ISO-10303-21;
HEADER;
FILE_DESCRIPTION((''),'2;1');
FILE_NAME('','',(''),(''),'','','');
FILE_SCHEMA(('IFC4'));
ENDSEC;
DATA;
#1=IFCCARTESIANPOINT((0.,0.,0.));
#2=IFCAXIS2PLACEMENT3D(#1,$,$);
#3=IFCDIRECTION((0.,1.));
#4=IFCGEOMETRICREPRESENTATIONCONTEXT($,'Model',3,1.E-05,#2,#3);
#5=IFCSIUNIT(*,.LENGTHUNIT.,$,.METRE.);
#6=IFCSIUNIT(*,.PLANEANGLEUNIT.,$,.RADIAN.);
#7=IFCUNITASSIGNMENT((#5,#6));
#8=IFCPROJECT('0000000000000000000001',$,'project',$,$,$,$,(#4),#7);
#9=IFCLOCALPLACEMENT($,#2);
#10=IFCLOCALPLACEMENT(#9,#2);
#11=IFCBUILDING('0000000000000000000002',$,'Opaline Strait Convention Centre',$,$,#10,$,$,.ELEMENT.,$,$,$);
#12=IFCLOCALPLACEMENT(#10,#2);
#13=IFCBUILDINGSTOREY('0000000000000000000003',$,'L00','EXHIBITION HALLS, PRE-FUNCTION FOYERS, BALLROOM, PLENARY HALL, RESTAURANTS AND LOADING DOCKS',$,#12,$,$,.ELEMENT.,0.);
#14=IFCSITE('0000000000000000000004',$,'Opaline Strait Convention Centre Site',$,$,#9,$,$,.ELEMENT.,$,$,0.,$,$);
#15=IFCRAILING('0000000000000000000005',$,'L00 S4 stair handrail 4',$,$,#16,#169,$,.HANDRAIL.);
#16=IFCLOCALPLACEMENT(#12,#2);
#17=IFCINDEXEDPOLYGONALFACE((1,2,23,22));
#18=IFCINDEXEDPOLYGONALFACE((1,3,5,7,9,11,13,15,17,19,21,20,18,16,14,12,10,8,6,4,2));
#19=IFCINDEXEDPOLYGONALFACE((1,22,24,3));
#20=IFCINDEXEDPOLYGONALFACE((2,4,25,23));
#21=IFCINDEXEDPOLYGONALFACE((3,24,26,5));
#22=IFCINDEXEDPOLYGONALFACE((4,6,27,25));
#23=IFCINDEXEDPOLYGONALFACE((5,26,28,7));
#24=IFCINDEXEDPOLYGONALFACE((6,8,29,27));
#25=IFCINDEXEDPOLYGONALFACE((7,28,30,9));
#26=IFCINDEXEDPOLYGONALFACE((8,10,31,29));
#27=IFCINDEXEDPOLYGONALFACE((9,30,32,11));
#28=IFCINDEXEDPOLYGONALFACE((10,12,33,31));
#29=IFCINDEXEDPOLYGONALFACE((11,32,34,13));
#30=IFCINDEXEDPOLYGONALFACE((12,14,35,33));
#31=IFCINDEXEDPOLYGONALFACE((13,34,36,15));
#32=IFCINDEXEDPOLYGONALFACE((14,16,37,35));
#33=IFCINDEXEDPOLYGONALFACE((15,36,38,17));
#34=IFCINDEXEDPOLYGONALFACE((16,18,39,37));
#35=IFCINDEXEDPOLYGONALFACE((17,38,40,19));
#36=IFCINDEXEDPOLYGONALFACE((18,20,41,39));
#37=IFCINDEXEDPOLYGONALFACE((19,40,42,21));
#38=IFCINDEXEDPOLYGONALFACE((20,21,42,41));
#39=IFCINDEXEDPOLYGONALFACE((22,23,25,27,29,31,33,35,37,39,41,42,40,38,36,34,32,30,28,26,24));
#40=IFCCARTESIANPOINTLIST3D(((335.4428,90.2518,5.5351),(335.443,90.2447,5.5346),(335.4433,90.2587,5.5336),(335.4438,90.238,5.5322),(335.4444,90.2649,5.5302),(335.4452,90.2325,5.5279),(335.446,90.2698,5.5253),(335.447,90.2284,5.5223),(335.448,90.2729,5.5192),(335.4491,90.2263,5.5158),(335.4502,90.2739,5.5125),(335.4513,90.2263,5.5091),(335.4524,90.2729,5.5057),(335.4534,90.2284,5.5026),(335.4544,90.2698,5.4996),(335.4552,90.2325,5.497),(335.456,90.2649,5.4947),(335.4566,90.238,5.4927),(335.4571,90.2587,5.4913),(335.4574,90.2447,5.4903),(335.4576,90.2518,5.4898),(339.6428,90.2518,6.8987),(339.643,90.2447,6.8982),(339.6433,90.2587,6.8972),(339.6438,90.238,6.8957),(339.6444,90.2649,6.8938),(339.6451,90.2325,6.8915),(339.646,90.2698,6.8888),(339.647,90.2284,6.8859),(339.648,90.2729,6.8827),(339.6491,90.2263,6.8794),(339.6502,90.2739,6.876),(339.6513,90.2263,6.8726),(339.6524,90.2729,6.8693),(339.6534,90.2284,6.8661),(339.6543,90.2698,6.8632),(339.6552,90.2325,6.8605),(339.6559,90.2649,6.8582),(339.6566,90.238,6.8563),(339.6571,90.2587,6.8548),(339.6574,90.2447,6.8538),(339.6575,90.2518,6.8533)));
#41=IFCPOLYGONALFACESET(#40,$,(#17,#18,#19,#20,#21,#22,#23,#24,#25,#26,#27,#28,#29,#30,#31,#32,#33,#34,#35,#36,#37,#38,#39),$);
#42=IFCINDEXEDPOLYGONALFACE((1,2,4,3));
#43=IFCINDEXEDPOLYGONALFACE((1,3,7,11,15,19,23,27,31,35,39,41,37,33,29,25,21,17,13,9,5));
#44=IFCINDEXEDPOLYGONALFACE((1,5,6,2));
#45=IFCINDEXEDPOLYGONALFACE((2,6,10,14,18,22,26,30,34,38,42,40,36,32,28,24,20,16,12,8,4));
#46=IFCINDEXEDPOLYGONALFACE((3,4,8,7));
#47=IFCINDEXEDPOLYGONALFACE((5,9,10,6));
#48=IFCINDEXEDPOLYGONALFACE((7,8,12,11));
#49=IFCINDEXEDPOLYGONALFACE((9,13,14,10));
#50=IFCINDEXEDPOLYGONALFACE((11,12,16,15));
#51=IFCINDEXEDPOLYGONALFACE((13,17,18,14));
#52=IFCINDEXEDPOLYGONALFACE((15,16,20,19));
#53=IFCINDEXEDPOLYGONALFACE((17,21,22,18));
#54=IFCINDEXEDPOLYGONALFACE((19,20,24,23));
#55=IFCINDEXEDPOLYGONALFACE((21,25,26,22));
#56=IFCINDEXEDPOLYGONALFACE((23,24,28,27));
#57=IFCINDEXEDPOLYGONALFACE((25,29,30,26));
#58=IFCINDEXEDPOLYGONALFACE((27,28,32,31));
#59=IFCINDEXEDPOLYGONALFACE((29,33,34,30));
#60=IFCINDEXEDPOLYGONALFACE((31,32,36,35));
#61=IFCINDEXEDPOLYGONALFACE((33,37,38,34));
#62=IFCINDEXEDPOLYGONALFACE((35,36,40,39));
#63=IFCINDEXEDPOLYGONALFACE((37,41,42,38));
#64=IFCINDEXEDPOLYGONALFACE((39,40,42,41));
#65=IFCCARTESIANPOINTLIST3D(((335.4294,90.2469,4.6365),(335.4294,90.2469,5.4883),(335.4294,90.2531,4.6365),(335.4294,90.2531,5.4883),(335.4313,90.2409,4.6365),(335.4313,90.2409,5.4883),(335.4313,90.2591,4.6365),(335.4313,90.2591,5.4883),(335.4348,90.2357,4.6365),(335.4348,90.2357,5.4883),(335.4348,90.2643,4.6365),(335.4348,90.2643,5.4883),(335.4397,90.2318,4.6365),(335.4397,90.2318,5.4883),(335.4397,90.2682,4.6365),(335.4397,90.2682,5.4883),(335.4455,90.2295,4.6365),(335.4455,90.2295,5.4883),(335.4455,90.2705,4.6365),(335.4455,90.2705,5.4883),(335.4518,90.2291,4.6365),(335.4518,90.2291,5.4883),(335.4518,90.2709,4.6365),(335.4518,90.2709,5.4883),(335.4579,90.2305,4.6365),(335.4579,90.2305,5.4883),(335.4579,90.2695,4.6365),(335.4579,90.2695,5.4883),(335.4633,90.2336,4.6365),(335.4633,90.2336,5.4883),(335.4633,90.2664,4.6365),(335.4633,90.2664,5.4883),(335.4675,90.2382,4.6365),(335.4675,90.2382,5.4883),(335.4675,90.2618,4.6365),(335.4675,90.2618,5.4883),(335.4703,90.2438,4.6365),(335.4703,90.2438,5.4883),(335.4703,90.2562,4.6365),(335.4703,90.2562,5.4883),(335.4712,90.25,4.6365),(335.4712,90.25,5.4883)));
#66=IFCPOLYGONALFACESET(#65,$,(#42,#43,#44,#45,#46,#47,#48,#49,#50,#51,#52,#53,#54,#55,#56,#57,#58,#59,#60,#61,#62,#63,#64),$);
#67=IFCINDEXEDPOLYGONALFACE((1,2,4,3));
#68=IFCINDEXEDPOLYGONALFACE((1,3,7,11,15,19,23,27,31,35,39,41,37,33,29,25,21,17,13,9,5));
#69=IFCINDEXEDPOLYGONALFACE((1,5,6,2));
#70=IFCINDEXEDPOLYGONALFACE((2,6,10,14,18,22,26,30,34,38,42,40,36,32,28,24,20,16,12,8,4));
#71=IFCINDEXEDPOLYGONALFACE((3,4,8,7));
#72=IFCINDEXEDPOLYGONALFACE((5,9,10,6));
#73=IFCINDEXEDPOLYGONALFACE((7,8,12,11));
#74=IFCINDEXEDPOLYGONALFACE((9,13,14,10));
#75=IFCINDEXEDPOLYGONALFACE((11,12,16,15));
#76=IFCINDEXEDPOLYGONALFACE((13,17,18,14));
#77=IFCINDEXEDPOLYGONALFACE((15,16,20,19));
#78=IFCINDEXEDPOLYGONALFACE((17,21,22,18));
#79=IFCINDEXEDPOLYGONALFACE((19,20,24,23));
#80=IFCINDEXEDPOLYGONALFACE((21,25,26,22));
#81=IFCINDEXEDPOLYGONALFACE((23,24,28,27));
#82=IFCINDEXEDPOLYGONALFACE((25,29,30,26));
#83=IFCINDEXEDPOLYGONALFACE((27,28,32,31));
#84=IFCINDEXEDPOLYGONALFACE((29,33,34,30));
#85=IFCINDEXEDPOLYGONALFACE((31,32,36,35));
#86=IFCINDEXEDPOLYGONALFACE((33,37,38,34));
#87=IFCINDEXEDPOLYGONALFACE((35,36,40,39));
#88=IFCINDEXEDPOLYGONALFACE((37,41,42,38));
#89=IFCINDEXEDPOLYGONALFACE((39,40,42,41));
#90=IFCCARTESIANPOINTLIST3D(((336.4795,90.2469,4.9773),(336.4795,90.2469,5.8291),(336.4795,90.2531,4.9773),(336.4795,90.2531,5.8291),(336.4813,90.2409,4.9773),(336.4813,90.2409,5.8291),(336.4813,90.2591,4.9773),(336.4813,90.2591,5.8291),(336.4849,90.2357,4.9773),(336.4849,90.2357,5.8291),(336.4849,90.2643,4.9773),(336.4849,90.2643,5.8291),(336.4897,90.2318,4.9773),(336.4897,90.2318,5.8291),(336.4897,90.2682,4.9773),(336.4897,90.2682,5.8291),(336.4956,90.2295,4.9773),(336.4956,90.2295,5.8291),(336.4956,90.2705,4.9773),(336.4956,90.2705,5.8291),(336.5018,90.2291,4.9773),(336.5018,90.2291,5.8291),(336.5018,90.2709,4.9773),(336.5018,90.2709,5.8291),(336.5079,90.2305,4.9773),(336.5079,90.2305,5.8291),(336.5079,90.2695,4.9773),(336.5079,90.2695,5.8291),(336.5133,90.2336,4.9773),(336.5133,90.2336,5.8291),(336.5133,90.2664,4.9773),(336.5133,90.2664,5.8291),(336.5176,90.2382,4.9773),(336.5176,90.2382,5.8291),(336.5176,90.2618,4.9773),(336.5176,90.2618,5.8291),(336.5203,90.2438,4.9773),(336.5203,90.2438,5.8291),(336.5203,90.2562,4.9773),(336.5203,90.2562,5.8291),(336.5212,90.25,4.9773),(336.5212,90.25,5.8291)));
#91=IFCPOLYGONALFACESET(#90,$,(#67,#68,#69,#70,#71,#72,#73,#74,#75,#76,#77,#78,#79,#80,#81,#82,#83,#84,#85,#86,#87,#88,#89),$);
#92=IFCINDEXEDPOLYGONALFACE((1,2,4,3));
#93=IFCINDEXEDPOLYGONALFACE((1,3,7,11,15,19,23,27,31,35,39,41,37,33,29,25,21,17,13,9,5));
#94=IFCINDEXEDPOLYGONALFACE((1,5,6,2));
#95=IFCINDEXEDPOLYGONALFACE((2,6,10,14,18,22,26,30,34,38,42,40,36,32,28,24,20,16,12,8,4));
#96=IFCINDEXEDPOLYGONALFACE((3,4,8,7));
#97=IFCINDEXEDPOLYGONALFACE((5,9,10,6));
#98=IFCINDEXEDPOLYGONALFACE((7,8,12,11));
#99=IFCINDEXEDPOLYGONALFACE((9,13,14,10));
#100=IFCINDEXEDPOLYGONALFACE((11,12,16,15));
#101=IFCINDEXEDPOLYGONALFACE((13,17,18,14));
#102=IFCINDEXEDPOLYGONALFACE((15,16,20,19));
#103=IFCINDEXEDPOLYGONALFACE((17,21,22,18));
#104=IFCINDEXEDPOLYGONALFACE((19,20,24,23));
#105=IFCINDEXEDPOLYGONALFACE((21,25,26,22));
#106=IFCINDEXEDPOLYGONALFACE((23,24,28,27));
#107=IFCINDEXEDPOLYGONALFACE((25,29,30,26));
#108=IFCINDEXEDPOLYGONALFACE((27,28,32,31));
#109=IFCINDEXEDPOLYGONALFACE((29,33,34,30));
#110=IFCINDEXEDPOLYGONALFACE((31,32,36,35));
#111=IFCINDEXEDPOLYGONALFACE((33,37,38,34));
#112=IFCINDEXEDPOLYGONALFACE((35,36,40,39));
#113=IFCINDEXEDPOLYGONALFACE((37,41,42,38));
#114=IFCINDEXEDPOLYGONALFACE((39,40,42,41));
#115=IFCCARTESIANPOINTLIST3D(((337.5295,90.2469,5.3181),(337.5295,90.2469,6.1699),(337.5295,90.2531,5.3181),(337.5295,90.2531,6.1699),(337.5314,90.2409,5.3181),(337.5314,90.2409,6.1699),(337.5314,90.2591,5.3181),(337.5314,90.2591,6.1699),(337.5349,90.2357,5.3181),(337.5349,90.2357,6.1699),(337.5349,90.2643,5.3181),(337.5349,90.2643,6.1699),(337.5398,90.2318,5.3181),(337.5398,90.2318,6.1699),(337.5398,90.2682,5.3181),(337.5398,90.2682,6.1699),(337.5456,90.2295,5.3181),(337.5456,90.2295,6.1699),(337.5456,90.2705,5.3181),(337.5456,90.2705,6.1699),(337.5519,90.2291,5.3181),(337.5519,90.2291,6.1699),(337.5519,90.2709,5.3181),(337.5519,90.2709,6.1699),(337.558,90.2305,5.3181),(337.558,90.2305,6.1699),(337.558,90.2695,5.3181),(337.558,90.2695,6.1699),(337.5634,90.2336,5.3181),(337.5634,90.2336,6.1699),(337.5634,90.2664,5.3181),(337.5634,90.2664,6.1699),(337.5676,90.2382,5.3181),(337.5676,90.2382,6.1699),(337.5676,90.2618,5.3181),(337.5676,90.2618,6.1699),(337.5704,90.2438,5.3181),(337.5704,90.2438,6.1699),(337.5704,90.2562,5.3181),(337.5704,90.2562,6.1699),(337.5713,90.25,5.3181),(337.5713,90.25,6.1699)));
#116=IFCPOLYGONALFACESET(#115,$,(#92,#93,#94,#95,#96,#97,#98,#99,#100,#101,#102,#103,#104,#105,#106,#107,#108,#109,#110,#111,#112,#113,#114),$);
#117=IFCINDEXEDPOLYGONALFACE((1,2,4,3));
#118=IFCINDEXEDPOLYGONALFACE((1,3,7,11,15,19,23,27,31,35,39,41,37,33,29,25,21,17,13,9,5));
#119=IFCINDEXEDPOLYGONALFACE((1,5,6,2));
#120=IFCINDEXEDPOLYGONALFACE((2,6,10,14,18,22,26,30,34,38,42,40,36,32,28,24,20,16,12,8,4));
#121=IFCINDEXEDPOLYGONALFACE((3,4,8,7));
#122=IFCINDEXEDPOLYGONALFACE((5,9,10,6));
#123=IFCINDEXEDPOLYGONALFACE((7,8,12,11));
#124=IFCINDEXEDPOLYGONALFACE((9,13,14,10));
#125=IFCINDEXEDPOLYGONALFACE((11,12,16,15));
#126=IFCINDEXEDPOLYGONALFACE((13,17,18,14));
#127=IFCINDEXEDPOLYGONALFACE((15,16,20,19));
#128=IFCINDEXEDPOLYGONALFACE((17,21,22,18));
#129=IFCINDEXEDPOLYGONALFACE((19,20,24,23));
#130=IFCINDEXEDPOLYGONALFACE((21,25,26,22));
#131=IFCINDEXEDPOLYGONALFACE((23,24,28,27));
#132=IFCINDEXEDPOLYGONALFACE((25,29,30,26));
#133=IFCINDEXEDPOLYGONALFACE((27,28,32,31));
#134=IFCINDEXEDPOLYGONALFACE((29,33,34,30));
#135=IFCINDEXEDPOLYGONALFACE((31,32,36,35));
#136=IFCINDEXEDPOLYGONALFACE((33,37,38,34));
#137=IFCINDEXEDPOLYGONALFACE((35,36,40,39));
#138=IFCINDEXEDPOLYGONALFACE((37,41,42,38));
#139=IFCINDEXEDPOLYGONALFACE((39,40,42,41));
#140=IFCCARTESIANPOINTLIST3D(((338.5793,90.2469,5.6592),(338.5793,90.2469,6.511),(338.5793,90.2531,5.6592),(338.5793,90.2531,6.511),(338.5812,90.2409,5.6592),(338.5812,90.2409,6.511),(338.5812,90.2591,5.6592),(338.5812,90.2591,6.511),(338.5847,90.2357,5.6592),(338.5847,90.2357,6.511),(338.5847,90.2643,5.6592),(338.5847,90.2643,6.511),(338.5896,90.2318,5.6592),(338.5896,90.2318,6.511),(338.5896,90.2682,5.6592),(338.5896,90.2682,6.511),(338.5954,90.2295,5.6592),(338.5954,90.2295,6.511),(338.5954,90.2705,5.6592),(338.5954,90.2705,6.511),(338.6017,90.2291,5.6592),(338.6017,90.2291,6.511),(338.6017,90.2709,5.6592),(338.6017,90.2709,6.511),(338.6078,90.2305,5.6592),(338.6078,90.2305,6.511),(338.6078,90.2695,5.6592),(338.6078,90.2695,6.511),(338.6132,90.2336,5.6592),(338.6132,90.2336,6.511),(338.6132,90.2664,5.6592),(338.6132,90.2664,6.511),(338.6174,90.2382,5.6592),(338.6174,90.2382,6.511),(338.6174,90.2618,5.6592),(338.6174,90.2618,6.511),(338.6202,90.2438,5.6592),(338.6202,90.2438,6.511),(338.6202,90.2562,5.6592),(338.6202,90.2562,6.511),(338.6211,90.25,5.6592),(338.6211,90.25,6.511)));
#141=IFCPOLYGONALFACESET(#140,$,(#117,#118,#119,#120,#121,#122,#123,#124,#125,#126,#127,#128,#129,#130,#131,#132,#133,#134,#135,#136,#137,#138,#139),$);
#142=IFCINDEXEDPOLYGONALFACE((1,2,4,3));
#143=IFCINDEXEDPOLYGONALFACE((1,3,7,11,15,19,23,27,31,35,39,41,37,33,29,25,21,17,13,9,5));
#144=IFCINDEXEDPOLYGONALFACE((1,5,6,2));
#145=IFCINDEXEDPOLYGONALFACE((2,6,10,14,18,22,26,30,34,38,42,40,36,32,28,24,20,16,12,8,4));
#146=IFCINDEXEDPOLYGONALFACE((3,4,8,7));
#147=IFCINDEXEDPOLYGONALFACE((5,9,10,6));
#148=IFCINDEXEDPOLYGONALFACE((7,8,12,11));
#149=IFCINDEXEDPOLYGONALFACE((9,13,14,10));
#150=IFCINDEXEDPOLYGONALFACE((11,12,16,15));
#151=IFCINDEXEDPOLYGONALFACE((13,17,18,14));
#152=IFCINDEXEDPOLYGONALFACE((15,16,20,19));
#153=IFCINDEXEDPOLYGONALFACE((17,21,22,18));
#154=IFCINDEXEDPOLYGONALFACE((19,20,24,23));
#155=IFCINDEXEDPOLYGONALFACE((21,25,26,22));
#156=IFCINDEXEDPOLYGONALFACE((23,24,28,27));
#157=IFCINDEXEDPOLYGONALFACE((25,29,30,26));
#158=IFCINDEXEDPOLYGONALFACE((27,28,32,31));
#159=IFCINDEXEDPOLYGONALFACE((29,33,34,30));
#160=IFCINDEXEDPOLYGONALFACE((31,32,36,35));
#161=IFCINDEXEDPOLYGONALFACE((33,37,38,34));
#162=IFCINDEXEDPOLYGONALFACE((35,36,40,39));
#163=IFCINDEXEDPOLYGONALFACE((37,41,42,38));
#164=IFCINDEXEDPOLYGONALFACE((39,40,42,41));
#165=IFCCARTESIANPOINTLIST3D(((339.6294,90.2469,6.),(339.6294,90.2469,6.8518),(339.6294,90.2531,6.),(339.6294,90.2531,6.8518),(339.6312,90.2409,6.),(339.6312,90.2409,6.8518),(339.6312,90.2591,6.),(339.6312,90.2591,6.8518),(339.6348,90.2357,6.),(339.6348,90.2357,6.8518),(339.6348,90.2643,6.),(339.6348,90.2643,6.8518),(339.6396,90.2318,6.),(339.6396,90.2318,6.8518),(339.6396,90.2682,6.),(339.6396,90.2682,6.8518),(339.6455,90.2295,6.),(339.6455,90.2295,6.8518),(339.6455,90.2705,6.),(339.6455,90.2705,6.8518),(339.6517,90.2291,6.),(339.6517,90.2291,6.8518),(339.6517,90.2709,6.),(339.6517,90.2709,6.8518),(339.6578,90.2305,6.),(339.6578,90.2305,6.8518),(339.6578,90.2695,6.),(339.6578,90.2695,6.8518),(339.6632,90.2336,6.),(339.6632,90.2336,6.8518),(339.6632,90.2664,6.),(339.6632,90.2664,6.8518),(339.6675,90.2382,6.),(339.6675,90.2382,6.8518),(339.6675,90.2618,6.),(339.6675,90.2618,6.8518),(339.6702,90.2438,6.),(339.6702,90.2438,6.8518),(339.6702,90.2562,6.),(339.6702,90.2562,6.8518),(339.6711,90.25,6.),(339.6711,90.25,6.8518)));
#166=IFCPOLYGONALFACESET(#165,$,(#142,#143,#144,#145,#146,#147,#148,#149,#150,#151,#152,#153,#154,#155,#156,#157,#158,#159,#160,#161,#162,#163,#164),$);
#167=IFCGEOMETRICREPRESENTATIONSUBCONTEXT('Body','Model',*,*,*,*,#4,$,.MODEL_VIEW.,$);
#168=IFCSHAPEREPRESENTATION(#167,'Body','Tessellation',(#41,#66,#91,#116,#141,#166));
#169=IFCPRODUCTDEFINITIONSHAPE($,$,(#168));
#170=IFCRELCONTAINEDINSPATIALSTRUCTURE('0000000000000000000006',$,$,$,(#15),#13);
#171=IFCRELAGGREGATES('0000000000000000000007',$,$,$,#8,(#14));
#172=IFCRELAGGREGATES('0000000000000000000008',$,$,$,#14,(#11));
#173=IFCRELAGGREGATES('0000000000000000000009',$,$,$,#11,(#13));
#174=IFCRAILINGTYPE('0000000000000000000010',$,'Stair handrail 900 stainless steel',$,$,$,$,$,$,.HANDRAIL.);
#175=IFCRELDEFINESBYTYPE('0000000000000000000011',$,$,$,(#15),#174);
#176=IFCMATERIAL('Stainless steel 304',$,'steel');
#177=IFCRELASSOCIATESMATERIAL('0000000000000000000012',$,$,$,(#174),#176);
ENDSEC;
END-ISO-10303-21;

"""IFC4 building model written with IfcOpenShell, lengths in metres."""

from ifc_helpers import new_model, si_unit, direction, frame, origin, origin_2d, place, context, subcontext, project, spatial, circle, extrude, material, type_object, element, save


model = new_model("IFC4")

# Units and contexts
model_context = context("Model", 3, precision=1e-05, world=origin(), true_north=direction((0.0, 1.0)))
body_context = subcontext(model_context, "Body", "Model", "MODEL_VIEW")
ifc_project = project(units=[si_unit("LENGTHUNIT", "METRE"), si_unit("PLANEANGLEUNIT", "RADIAN")], contexts=[model_context])

# Site, building, storey
site_placement = place(None, origin())
site = spatial("IfcSite", under=ifc_project, at=site_placement, Name="Opaline Strait Convention Centre Site", CompositionType="ELEMENT", RefElevation=0.0)
building_placement = place(site_placement, origin())
building = spatial("IfcBuilding", under=site, at=building_placement, Name="Opaline Strait Convention Centre", CompositionType="ELEMENT")
storey_placement = place(building_placement, origin())
storey = spatial("IfcBuildingStorey", under=building, at=storey_placement, Name="L00", Description="EXHIBITION HALLS, PRE-FUNCTION FOYERS, BALLROOM, PLENARY HALL, RESTAURANTS AND LOADING DOCKS", CompositionType="ELEMENT", Elevation=0.0)

# Railing
ifc_material_1 = material(Name="Stainless steel 304", Category="steel")
railing_type_1 = type_object("IfcRailingType", Name="Stair handrail 900 stainless steel", PredefinedType="HANDRAIL", material=ifc_material_1)
railing_1_placement = place(storey_placement, frame((335.4502, 90.25, 4.6365)))
element("IfcRailing", 1, at=railing_1_placement, inside=storey, type_object=railing_type_1, Name="L00 S4 stair handrail 4", PredefinedType="HANDRAIL", context=body_context, shape_type="SweptSolid", body=[
    extrude(circle(Radius=0.0239, at=origin_2d()), frame((0.0, 0.0, 0.876), z_axis=(0.951131, 0.0, 0.308787), x_axis=(0.0, 1.0, 0.0)), (0.0, 0.0, 1.0), 4.4158),
    extrude(circle(Radius=0.021, at=origin_2d()), origin(), (0.0, 0.0, 1.0), 0.8518),
    extrude(circle(Radius=0.021, at=origin_2d()), frame((1.05, 0.0, 0.3408)), (0.0, 0.0, 1.0), 0.8518),
    extrude(circle(Radius=0.021, at=origin_2d()), frame((2.1001, 0.0, 0.6816)), (0.0, 0.0, 1.0), 0.8518),
    extrude(circle(Radius=0.021, at=origin_2d()), frame((3.1499, 0.0, 1.0227)), (0.0, 0.0, 1.0), 0.8518),
    extrude(circle(Radius=0.021, at=origin_2d()), frame((4.2, 0.0, 1.3635)), (0.0, 0.0, 1.0), 0.8518),
])

save(model, "model.ifc")
